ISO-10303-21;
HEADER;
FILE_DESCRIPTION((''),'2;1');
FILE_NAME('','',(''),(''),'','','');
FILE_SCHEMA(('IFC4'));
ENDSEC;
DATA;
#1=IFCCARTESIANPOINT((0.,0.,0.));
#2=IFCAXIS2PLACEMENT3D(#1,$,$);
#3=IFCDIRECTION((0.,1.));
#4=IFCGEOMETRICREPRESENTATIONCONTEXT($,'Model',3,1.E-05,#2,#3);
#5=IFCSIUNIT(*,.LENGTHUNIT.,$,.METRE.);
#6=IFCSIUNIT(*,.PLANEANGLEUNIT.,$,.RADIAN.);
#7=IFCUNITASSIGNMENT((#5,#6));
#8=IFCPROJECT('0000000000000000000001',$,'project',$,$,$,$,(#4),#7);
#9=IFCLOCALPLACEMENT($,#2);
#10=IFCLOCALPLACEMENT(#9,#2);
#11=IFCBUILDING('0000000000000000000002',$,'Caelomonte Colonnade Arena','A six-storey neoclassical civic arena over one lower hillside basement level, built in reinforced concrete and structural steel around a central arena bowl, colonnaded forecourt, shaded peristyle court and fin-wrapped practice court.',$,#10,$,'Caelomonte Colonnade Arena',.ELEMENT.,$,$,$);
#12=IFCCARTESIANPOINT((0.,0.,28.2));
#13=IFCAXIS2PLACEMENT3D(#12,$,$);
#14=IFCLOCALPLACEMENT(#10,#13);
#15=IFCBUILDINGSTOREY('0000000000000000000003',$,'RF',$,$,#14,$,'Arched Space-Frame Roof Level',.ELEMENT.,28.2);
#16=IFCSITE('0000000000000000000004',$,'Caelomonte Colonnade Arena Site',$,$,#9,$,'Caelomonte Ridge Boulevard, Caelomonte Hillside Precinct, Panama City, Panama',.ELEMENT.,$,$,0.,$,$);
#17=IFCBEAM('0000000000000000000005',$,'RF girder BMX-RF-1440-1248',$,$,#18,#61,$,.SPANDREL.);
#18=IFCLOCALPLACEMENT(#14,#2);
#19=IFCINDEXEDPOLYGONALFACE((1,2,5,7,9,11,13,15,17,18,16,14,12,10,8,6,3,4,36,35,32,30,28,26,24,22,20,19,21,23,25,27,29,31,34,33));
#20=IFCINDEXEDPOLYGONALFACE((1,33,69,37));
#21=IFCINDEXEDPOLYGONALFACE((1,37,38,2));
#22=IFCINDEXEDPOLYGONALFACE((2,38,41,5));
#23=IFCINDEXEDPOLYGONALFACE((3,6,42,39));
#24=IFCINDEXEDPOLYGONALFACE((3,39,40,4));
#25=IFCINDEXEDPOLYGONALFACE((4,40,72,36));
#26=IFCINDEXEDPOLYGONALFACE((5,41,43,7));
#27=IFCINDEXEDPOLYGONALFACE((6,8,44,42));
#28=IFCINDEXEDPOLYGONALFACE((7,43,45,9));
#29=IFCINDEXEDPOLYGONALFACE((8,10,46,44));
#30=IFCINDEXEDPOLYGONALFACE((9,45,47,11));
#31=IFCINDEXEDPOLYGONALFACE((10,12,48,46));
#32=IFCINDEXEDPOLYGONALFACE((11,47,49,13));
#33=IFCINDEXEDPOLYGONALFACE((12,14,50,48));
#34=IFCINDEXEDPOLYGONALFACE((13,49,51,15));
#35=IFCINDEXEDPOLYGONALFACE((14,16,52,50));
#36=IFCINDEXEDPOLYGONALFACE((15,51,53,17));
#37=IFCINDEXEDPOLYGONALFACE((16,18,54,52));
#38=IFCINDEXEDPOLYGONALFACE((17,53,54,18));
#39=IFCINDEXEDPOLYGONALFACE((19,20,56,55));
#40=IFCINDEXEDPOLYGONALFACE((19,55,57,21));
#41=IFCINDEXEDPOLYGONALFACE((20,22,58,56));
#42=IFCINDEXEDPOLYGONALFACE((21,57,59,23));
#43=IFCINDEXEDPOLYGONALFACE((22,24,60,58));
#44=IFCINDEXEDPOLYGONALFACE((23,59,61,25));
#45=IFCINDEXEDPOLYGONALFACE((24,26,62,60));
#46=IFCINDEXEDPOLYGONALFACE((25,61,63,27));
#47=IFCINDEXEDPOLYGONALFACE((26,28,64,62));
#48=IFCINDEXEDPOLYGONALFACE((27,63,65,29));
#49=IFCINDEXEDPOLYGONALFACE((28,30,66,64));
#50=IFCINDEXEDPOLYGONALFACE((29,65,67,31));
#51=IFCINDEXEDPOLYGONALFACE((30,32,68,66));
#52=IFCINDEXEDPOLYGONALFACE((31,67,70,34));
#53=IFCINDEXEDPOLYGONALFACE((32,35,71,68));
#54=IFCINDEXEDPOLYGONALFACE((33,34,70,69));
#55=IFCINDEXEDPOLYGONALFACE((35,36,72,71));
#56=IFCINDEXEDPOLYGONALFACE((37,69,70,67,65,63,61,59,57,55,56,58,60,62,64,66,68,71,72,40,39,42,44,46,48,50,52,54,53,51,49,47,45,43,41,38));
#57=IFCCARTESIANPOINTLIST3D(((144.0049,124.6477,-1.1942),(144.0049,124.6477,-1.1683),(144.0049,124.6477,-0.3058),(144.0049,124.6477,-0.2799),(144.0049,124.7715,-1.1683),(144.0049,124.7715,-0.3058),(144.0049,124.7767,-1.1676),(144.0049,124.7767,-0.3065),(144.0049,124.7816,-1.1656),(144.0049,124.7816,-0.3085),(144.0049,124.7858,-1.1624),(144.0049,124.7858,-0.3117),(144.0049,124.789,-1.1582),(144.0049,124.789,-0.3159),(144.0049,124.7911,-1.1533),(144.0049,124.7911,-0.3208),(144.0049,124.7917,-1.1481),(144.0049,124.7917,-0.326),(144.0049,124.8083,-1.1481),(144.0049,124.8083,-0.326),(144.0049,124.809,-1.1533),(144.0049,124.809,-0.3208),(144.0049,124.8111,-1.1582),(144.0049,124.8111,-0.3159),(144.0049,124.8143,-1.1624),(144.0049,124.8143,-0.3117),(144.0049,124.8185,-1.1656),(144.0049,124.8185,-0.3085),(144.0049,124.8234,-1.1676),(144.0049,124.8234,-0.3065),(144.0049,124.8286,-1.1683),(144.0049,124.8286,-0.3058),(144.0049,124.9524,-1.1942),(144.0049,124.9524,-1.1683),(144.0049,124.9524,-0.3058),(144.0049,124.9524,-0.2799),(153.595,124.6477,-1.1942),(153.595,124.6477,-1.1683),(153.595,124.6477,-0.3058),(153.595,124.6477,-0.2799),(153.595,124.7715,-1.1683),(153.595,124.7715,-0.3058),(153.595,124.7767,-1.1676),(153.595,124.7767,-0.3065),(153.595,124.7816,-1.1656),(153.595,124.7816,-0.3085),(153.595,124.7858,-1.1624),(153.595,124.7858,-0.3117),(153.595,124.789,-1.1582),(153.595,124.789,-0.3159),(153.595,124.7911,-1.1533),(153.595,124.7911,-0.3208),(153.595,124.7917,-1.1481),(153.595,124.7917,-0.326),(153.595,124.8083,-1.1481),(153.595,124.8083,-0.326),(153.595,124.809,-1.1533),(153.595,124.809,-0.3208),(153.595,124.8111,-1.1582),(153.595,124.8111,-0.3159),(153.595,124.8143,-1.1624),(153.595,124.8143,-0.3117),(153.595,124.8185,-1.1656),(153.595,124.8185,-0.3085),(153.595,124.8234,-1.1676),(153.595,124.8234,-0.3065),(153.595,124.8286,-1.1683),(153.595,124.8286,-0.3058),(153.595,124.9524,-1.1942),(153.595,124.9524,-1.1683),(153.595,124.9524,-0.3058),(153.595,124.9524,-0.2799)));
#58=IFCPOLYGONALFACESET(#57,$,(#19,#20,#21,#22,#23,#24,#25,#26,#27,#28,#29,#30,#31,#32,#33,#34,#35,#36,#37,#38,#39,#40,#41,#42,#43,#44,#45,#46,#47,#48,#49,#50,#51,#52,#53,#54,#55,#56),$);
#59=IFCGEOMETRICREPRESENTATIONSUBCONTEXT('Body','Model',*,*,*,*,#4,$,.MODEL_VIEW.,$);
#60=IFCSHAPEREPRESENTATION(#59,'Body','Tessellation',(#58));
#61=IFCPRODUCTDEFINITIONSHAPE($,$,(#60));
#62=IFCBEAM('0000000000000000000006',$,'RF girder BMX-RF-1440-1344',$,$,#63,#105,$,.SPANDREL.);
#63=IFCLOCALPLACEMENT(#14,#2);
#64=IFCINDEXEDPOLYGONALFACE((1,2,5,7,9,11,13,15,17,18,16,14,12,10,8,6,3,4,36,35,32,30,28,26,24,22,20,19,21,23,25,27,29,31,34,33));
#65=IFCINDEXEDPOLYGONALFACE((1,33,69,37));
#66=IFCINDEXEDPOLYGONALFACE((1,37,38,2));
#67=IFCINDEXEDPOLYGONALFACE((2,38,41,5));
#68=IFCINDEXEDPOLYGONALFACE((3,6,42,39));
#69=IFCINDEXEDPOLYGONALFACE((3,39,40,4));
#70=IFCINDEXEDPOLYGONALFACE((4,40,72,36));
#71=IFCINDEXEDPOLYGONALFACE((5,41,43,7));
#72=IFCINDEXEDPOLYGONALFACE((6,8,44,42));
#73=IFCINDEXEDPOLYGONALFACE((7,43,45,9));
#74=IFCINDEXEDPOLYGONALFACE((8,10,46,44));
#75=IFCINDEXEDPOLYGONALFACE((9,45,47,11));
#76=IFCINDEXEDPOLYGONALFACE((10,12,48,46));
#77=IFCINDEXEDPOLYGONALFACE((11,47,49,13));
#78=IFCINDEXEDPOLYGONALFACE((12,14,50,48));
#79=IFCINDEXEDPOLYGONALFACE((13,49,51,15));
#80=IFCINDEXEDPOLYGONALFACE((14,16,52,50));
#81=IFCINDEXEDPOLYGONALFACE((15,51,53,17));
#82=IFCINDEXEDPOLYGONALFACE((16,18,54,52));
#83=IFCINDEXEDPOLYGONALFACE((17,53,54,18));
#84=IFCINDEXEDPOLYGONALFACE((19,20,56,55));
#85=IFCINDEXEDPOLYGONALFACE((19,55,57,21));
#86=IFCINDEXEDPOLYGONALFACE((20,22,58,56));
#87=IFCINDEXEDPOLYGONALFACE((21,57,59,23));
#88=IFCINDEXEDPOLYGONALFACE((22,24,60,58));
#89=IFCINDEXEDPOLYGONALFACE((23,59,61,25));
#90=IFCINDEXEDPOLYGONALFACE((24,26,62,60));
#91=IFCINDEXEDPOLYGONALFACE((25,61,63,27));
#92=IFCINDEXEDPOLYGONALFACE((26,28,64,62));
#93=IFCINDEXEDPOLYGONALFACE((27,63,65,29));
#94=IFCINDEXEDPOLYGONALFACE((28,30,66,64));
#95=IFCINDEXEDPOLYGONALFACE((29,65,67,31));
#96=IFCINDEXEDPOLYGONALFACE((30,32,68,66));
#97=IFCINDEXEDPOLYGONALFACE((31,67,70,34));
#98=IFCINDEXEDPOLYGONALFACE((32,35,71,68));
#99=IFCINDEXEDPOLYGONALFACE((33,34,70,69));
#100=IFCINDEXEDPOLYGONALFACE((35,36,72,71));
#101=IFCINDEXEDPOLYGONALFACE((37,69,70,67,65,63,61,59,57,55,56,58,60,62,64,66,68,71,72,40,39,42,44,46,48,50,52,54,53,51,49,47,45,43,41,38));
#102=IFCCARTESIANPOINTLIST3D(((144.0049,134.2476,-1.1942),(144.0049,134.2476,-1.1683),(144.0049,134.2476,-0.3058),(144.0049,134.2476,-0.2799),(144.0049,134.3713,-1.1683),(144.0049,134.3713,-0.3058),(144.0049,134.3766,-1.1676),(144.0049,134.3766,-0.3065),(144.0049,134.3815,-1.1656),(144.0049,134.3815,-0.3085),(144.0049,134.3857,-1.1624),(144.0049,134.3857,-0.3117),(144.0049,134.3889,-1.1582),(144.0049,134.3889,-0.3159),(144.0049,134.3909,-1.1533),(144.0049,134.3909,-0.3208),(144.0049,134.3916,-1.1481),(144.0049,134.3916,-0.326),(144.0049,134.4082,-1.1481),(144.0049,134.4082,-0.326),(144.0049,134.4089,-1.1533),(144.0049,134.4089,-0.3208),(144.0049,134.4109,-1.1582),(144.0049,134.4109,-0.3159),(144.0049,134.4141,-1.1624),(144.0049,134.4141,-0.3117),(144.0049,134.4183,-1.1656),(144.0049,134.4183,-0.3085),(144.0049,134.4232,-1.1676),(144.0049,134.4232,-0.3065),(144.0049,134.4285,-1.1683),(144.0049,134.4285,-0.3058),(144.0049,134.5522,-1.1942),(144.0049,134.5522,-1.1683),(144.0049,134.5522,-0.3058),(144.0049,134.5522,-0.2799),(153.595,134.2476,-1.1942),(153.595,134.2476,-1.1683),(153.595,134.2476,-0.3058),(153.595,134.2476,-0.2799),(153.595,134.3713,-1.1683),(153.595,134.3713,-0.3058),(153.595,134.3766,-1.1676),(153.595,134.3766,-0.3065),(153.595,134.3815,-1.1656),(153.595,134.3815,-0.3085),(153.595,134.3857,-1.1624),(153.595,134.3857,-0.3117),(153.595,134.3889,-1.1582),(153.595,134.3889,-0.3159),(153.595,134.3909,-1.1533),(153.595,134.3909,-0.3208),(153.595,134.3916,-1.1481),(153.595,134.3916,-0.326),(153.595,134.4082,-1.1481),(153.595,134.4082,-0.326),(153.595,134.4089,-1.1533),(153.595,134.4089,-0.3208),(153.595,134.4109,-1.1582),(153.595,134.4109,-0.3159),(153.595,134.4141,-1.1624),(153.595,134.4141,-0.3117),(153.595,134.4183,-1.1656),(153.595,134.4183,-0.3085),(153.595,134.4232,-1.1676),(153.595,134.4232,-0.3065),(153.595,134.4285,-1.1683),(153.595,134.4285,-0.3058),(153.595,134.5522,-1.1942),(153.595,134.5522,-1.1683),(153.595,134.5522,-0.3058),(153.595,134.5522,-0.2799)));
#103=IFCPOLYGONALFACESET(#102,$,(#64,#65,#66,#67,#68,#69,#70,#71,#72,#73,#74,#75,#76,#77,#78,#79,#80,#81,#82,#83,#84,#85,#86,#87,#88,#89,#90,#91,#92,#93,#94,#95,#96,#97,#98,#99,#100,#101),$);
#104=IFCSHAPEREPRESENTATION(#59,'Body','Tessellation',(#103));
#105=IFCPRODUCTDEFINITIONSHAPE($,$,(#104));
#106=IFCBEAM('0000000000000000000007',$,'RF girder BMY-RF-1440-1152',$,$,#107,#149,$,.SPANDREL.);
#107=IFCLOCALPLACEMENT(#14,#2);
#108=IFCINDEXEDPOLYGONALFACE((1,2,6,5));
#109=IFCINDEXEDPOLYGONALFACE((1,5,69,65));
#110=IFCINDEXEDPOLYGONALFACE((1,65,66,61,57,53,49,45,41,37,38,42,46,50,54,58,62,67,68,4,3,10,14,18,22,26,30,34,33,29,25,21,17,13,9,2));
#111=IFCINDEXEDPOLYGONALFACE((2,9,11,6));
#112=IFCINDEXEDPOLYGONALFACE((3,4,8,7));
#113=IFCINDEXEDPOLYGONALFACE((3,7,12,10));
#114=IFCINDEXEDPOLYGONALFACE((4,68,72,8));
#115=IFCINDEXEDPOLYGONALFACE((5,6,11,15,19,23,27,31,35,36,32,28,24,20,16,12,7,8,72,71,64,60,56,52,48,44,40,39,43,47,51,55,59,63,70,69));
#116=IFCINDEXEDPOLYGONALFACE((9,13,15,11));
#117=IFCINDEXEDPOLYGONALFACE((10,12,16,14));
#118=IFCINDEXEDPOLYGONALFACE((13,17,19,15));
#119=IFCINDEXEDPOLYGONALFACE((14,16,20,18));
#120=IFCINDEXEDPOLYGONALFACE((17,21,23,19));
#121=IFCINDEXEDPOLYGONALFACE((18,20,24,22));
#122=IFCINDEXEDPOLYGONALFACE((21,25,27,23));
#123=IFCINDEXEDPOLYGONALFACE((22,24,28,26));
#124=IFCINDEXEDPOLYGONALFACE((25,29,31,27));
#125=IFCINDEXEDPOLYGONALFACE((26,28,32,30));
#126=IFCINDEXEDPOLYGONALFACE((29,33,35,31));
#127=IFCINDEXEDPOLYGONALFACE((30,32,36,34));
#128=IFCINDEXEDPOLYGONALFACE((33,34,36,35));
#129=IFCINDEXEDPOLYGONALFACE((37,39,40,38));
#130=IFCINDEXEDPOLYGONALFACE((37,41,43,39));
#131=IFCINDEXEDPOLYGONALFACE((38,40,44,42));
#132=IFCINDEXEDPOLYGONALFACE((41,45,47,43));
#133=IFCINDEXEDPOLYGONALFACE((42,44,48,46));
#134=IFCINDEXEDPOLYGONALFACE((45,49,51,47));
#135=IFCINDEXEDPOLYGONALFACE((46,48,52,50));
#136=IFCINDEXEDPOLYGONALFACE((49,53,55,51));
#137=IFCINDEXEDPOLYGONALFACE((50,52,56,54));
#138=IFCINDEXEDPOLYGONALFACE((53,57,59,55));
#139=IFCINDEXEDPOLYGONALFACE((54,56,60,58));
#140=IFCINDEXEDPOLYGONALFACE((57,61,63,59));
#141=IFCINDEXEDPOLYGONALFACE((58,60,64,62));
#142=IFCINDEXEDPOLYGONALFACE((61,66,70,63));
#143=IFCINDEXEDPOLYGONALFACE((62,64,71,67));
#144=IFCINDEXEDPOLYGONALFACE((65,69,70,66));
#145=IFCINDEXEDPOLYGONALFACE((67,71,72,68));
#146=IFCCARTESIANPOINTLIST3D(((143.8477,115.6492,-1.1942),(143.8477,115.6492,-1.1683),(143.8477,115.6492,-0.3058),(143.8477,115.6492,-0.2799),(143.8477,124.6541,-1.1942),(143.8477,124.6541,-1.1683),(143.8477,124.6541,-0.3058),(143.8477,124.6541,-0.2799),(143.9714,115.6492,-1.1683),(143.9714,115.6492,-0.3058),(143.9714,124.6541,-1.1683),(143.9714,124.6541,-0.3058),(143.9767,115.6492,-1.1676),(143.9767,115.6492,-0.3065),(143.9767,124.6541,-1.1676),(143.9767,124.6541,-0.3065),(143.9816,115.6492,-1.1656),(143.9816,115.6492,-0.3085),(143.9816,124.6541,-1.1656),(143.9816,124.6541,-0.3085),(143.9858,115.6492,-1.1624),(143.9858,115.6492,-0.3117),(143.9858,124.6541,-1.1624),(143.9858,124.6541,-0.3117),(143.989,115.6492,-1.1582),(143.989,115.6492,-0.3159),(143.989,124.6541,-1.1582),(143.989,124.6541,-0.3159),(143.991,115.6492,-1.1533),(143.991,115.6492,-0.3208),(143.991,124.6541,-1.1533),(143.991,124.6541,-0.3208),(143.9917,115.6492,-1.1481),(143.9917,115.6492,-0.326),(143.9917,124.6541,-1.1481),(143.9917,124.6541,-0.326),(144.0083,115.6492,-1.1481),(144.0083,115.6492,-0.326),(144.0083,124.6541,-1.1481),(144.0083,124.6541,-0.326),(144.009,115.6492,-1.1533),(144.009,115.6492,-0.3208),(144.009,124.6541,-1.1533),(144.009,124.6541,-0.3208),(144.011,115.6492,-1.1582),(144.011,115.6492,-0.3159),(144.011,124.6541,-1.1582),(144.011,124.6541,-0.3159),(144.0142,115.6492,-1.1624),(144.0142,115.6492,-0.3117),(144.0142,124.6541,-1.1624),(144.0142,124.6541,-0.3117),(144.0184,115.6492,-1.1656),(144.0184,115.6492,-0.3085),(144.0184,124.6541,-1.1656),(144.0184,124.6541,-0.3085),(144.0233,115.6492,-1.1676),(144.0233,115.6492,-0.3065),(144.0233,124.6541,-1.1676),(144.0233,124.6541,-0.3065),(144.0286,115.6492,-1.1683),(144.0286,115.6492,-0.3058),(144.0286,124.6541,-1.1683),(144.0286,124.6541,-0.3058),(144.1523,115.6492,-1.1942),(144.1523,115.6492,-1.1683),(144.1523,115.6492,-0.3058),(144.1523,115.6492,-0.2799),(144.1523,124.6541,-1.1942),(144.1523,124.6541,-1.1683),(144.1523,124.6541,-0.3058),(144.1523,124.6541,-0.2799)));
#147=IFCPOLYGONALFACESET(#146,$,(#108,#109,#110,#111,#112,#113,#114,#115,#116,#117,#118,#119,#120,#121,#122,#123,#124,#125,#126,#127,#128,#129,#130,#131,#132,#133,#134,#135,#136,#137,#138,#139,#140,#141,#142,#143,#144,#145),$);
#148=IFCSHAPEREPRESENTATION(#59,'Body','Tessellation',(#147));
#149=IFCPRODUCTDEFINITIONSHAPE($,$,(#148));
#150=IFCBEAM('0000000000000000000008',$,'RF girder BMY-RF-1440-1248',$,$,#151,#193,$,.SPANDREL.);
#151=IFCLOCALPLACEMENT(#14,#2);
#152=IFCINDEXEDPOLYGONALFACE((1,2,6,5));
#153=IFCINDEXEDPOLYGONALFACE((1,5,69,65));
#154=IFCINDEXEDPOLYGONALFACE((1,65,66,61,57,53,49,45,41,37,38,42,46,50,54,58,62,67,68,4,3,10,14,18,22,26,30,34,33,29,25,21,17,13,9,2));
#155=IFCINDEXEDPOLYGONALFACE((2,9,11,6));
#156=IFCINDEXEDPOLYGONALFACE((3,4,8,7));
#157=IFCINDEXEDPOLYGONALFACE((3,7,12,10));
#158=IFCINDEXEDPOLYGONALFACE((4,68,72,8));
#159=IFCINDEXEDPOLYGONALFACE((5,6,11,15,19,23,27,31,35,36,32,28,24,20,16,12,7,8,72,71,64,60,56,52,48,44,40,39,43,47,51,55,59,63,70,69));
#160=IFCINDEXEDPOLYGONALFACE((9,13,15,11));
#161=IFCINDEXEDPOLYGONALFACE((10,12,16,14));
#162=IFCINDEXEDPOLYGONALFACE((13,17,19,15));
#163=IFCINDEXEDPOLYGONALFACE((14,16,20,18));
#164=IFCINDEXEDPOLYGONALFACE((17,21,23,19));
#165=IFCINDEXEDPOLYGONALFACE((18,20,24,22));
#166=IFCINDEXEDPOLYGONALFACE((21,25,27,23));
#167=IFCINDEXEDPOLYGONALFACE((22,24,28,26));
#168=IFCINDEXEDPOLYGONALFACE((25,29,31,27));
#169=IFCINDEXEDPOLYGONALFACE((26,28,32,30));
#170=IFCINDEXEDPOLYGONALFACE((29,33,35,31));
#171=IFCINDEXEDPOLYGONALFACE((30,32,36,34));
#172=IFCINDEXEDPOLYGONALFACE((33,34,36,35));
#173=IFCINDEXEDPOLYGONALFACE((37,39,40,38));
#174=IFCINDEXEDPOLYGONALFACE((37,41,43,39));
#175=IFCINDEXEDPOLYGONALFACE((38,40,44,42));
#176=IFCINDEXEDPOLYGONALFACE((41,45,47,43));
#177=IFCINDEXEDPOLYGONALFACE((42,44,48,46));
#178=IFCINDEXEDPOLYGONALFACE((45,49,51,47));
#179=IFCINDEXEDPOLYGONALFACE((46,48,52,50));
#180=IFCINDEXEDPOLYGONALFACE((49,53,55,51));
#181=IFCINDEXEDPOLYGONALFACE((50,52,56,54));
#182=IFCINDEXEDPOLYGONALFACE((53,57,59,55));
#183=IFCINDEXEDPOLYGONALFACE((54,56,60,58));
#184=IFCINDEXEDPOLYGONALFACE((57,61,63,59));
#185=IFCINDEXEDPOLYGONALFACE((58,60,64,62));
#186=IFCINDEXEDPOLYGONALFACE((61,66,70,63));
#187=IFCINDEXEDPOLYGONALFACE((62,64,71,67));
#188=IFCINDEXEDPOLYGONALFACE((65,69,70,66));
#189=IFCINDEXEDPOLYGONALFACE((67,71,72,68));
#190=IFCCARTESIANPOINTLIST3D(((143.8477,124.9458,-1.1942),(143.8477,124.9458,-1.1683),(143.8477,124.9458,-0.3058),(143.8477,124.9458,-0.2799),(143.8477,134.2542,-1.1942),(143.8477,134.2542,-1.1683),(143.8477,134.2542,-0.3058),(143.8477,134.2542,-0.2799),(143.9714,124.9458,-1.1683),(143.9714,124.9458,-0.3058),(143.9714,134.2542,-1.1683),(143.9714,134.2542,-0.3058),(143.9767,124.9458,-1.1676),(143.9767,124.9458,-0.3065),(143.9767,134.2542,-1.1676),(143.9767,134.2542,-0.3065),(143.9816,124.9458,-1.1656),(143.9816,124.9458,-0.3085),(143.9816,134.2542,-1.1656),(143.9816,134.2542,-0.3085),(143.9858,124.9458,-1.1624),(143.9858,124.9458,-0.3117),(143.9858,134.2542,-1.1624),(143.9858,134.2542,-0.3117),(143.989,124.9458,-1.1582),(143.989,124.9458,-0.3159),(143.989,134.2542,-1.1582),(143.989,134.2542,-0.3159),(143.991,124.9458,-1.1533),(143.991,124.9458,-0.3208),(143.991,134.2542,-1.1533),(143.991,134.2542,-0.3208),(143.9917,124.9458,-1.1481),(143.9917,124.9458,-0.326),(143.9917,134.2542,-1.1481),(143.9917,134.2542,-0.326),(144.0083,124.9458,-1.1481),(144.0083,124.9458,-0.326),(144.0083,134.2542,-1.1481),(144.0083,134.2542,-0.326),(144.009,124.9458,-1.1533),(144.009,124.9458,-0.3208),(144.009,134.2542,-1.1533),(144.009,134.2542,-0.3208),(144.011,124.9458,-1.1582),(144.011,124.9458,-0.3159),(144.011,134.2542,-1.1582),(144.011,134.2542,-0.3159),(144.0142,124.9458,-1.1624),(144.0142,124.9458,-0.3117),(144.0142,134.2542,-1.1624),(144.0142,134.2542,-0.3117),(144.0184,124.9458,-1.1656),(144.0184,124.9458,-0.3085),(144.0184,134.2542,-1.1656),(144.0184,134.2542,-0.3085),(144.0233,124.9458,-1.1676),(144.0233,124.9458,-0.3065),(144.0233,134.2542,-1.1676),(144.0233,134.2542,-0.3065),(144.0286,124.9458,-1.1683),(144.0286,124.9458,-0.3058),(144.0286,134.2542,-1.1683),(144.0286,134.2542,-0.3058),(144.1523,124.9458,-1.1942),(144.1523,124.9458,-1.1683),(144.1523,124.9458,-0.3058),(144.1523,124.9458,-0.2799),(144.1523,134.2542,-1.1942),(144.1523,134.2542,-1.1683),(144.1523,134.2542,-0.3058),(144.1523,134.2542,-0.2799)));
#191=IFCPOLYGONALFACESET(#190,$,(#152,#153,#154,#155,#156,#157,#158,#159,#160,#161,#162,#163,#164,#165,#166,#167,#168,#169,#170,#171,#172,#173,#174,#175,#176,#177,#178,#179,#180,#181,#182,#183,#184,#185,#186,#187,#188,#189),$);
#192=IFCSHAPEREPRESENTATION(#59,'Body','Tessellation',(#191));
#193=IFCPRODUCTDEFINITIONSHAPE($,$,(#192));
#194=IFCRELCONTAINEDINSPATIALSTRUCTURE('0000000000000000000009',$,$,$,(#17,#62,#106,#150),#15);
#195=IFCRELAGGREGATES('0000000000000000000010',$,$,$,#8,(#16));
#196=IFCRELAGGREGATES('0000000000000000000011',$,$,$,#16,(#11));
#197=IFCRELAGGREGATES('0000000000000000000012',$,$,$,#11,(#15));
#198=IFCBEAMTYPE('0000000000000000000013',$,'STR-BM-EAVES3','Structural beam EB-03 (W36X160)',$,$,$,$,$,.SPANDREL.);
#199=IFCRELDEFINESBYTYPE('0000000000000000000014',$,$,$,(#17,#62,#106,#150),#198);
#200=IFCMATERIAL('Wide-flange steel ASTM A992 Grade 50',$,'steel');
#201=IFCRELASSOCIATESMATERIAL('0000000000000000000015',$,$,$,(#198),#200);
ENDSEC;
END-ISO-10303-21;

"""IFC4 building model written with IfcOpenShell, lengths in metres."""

from ifc_helpers import new_model, si_unit, direction, frame, origin, origin_2d, place, context, subcontext, project, spatial, i_section, extrude, material, material_profile, profile_set, type_object, element, save


model = new_model("IFC4")

# Units and contexts
model_context = context("Model", 3, precision=1e-05, world=origin(), true_north=direction((0.0, 1.0)))
body_context = subcontext(model_context, "Body", "Model", "MODEL_VIEW")
ifc_project = project(units=[si_unit("LENGTHUNIT", "METRE"), si_unit("PLANEANGLEUNIT", "RADIAN")], contexts=[model_context])

# Site, building, storey
site_placement = place(None, origin())
site = spatial("IfcSite", under=ifc_project, at=site_placement, Name="Caelomonte Colonnade Arena Site", LongName="Caelomonte Ridge Boulevard, Caelomonte Hillside Precinct, Panama City, Panama", CompositionType="ELEMENT", RefElevation=0.0)
building_placement = place(site_placement, origin())
building = spatial("IfcBuilding", under=site, at=building_placement, Name="Caelomonte Colonnade Arena", Description="A six-storey neoclassical civic arena over one lower hillside basement level, built in reinforced concrete and structural steel around a central arena bowl, colonnaded forecourt, shaded peristyle court and fin-wrapped practice court.", LongName="Caelomonte Colonnade Arena", CompositionType="ELEMENT")
storey_placement = place(building_placement, frame((0.0, 0.0, 28.2)))
storey = spatial("IfcBuildingStorey", under=building, at=storey_placement, Name="RF", LongName="Arched Space-Frame Roof Level", CompositionType="ELEMENT", Elevation=28.2)

# Beams
ifc_material_1 = material(Name="Wide-flange steel ASTM A992 Grade 50", Category="steel")
ifc_material_profile_1 = material_profile(ifc_material_1, i_section(OverallWidth=0.3047, OverallDepth=0.9143, WebThickness=0.0166, FlangeThickness=0.0259, FilletRadius=0.0203, at=origin_2d()), Name="W36X160")
ifc_profile_set_1 = profile_set([ifc_material_profile_1], Name="Wide-flange steel ASTM A992 Grade 50")
beam_type_1 = type_object("IfcBeamType", Name="STR-BM-EAVES3", Description="Structural beam EB-03 (W36X160)", PredefinedType="SPANDREL", material=ifc_profile_set_1)
for number, where, z_axis, x_axis, name in (
    (1, (144.0049, 124.8, -0.7371), (1.0, 0.0, 0.0), (0.0, 1.0, 0.0), "RF girder BMX-RF-1440-1248"),
    (2, (144.0049, 134.3999, -0.7371), (1.0, 0.0, 0.0), (0.0, 1.0, 0.0), "RF girder BMX-RF-1440-1344"),
):
    element("IfcBeam", number, at=place(storey_placement, frame(where, z_axis=z_axis, x_axis=x_axis)), inside=storey, type_object=beam_type_1, Name=name, PredefinedType="SPANDREL", context=body_context, shape_type="SweptSolid", body=[
        extrude(i_section(OverallWidth=0.3047, OverallDepth=0.9143, WebThickness=0.0166, FlangeThickness=0.0259, FilletRadius=0.0203, at=origin_2d()), origin(), (0.0, 0.0, 1.0), 9.5901),
    ])
beam_1_placement = place(storey_placement, frame((144.0, 115.6492, -0.7371), z_axis=(0.0, 1.0, 0.0), x_axis=(-1.0, 0.0, 0.0)))
element("IfcBeam", 3, at=beam_1_placement, inside=storey, type_object=beam_type_1, Name="RF girder BMY-RF-1440-1152", PredefinedType="SPANDREL", context=body_context, shape_type="SweptSolid", body=[
    extrude(i_section(OverallWidth=0.3047, OverallDepth=0.9143, WebThickness=0.0166, FlangeThickness=0.0259, FilletRadius=0.0203, at=origin_2d()), origin(), (0.0, 0.0, 1.0), 9.0049),
])
beam_2_placement = place(storey_placement, frame((144.0, 124.9458, -0.7371), z_axis=(0.0, 1.0, 0.0), x_axis=(-1.0, 0.0, 0.0)))
element("IfcBeam", 4, at=beam_2_placement, inside=storey, type_object=beam_type_1, Name="RF girder BMY-RF-1440-1248", PredefinedType="SPANDREL", context=body_context, shape_type="SweptSolid", body=[
    extrude(i_section(OverallWidth=0.3047, OverallDepth=0.9143, WebThickness=0.0166, FlangeThickness=0.0259, FilletRadius=0.0203, at=origin_2d()), origin(), (0.0, 0.0, 1.0), 9.3083),
])

save(model, "model.ifc")
